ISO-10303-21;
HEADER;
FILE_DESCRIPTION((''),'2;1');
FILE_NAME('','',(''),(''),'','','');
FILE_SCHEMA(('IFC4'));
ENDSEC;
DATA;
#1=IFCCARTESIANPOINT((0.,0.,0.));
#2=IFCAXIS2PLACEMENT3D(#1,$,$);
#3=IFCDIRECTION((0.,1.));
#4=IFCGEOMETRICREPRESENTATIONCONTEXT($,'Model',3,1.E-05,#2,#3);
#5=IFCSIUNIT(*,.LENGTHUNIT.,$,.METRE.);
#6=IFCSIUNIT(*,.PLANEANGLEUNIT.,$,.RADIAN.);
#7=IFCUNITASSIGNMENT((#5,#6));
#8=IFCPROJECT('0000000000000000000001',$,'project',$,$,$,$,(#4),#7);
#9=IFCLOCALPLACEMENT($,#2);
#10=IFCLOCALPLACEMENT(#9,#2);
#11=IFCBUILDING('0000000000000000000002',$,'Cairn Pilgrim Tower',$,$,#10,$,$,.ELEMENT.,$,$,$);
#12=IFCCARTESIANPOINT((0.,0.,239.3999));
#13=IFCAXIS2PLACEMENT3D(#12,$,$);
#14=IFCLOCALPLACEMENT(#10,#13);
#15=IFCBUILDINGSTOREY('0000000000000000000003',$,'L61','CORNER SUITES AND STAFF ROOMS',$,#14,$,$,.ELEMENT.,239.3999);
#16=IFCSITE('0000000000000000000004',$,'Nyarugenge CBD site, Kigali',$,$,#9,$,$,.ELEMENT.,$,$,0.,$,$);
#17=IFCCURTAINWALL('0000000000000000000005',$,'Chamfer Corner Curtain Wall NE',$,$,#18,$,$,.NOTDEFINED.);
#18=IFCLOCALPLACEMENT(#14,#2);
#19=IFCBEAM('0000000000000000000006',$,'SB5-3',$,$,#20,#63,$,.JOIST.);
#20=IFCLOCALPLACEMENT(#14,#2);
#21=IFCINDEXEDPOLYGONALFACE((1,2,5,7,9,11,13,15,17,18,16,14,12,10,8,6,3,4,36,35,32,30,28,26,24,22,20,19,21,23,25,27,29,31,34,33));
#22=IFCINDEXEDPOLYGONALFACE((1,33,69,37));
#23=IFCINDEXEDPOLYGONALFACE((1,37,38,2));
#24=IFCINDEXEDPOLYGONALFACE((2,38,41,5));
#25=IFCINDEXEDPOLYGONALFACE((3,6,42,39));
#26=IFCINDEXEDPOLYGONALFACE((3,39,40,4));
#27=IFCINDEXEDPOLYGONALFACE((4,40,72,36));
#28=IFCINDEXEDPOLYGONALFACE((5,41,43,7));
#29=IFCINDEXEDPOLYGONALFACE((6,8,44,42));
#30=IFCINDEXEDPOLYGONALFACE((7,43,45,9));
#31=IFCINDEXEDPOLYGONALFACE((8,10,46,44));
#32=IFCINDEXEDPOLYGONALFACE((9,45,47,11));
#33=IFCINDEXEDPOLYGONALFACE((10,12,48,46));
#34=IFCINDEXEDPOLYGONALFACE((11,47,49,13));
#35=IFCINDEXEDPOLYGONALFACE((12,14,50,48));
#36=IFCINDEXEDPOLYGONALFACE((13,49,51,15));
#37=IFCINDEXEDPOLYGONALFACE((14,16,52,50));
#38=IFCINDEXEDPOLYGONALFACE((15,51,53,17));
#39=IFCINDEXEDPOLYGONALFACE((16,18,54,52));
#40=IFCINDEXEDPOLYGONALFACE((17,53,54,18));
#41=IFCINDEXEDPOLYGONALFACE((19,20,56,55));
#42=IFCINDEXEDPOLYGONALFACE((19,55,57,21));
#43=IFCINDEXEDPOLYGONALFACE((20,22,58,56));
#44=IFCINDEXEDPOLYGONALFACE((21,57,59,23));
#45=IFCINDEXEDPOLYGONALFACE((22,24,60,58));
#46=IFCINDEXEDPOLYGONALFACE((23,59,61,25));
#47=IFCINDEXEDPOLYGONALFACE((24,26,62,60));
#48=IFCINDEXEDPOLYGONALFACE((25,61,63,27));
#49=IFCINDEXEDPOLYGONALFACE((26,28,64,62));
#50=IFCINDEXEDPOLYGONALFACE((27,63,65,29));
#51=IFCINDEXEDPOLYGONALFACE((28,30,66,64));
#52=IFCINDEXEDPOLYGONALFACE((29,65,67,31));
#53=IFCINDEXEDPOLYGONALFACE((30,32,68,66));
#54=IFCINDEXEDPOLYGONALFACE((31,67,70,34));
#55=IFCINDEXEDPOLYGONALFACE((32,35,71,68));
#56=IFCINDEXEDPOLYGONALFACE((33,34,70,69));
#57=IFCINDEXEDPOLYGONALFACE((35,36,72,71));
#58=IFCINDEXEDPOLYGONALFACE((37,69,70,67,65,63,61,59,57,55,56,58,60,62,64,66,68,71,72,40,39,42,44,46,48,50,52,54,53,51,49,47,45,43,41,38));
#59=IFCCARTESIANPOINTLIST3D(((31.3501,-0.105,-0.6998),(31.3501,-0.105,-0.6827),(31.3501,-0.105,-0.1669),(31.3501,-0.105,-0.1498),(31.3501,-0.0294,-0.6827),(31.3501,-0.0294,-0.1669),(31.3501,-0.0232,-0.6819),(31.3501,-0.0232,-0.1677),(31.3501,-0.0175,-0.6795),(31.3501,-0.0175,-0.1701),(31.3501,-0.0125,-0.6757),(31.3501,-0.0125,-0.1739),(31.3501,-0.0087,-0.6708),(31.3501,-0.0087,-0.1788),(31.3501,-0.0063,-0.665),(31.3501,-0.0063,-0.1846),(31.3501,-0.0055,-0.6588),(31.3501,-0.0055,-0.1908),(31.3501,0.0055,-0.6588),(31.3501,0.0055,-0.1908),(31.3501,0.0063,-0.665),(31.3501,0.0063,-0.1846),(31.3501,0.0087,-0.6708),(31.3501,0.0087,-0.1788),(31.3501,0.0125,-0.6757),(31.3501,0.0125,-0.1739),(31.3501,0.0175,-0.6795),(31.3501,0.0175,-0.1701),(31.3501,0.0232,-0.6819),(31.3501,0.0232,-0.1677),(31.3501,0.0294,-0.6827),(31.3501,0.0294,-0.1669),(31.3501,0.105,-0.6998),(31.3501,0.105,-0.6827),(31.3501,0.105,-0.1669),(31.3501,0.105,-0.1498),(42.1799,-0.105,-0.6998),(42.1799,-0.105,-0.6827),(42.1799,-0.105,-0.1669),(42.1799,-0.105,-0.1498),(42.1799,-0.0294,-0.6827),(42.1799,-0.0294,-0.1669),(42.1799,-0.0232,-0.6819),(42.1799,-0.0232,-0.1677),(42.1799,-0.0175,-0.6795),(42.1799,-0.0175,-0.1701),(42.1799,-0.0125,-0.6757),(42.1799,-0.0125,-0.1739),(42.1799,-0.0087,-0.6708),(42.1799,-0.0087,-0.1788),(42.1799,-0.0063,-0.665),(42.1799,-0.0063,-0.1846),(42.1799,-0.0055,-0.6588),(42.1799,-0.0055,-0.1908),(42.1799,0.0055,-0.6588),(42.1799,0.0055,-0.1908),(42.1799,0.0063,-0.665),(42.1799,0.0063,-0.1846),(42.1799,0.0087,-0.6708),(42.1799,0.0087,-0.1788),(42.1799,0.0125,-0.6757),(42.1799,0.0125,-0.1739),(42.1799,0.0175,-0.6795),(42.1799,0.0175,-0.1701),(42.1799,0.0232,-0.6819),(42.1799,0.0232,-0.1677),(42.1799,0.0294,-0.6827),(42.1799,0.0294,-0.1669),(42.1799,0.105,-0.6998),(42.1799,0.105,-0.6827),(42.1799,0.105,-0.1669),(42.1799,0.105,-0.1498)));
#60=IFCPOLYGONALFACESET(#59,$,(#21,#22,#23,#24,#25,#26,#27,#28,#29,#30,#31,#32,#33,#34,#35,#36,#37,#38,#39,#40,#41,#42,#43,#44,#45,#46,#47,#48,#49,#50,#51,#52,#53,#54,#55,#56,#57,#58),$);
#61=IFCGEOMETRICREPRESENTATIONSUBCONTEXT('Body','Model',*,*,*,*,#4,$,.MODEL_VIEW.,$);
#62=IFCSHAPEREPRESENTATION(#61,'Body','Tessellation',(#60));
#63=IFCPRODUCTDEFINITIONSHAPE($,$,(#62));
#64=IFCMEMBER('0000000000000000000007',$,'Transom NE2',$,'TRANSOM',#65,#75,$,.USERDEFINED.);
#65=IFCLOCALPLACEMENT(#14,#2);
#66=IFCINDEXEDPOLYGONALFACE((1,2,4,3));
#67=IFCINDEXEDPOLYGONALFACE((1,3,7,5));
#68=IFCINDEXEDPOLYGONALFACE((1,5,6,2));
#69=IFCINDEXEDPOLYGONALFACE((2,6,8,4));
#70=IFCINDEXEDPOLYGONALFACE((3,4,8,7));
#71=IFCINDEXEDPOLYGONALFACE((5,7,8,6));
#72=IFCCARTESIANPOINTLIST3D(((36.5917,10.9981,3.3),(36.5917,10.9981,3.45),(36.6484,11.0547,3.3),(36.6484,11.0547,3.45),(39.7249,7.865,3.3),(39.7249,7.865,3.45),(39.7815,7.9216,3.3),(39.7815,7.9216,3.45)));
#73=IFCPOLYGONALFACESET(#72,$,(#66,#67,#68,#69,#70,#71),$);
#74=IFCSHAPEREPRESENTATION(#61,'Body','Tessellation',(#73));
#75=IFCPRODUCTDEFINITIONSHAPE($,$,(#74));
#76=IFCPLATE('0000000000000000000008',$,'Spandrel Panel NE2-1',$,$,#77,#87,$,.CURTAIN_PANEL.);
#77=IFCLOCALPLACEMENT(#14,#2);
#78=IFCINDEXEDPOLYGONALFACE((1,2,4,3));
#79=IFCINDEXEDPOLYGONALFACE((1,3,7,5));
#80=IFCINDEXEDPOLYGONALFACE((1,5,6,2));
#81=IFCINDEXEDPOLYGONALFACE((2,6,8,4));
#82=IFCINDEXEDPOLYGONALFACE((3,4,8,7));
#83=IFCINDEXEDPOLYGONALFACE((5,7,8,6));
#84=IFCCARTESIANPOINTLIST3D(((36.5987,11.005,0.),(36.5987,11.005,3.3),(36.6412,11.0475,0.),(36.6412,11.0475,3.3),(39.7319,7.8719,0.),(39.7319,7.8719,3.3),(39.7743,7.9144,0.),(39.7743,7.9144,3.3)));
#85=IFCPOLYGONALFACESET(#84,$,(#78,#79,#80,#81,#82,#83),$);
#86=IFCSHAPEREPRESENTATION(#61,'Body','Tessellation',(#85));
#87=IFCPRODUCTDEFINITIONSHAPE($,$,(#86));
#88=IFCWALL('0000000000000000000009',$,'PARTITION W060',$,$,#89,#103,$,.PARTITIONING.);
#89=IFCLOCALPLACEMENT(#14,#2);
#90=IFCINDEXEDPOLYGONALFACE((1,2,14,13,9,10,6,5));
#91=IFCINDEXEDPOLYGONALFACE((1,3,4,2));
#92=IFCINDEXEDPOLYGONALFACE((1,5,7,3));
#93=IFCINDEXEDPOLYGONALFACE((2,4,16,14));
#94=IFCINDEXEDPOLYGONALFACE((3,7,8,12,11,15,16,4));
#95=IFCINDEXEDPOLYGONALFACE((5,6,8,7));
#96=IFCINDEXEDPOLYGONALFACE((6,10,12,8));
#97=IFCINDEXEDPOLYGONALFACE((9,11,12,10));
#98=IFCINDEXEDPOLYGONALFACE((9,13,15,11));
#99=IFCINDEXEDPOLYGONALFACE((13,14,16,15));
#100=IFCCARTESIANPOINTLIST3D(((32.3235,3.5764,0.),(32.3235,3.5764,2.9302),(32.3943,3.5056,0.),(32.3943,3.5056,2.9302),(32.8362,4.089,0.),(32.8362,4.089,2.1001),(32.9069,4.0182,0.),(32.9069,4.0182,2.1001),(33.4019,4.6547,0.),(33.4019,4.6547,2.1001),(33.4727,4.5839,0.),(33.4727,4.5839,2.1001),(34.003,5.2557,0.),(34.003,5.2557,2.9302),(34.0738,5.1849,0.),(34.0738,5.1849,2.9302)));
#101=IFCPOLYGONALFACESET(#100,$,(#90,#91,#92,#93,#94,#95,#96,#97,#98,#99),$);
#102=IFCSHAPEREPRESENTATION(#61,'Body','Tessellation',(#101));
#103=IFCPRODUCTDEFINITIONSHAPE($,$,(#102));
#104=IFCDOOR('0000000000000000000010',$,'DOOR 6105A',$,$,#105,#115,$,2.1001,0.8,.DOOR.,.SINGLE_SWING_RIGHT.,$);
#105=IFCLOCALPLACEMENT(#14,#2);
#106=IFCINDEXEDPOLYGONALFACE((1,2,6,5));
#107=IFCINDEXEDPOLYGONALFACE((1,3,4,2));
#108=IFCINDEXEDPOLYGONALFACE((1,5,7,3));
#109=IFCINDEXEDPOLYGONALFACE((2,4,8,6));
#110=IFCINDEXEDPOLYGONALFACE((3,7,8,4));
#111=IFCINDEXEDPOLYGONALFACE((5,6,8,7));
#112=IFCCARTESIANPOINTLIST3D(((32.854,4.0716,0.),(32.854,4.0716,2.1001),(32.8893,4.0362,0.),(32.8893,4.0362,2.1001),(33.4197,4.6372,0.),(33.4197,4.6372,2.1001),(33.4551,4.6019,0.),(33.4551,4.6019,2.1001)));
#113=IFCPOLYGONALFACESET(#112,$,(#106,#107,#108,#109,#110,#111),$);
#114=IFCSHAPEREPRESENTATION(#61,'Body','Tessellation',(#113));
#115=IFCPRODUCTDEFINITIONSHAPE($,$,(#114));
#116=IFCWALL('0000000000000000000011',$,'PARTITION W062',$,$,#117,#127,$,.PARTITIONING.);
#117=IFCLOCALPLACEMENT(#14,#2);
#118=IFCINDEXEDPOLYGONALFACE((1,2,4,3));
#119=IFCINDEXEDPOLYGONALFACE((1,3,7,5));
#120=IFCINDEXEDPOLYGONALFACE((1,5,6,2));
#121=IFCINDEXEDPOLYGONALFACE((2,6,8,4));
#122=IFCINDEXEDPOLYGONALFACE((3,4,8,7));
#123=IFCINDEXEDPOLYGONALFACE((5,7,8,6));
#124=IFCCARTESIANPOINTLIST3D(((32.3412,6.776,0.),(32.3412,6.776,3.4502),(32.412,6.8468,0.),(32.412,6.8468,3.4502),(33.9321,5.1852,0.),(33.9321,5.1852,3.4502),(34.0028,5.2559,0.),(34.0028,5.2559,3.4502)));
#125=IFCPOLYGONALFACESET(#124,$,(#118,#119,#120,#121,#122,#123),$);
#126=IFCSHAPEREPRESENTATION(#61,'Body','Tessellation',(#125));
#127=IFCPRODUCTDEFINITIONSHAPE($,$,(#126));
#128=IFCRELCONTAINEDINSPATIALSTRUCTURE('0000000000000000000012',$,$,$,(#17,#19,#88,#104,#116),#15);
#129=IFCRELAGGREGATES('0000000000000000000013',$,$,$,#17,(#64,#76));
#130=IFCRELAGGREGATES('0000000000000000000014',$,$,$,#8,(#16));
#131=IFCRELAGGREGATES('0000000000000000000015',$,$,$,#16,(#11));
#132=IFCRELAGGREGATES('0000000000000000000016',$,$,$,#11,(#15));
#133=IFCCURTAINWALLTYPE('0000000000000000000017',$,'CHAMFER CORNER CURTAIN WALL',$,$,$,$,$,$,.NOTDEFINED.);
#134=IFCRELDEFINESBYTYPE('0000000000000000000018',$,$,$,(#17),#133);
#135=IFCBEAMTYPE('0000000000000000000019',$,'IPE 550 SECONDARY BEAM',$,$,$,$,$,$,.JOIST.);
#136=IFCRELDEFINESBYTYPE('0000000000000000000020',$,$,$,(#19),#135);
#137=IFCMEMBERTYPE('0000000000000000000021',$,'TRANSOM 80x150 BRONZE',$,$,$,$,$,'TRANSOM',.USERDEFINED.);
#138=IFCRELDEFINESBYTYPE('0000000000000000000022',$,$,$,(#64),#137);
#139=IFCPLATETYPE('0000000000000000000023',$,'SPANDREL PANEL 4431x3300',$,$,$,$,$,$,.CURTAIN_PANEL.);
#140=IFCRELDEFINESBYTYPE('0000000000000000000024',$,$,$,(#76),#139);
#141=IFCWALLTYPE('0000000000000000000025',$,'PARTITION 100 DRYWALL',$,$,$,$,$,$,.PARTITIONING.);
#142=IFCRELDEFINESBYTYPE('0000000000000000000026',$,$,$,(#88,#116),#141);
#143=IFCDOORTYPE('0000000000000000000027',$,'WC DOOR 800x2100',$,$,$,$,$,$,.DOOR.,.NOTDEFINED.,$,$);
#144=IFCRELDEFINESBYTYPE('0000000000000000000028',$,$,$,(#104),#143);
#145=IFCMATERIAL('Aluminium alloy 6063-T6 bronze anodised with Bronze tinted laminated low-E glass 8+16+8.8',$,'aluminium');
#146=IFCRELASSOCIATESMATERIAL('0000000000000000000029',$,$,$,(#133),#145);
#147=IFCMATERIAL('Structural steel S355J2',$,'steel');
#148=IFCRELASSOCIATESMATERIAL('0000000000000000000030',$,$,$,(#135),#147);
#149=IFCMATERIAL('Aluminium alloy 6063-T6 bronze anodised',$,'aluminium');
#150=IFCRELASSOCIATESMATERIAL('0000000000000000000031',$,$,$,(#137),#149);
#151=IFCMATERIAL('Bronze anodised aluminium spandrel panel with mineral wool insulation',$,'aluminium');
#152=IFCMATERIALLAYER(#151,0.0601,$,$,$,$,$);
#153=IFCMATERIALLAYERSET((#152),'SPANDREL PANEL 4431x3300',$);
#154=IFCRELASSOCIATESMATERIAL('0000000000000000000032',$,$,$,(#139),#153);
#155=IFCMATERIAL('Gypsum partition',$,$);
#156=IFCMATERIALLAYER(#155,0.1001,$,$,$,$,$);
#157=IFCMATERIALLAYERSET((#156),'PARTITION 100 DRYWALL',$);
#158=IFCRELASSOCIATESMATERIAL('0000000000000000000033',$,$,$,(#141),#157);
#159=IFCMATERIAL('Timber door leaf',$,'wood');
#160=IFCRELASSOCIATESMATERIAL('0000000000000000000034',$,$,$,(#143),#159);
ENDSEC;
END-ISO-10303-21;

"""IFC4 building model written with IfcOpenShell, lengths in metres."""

from ifc_helpers import new_model, si_unit, direction, frame, frame_2d, origin, origin_2d, place, context, subcontext, project, spatial, rectangle, i_section, extrude, material, layer, layer_set, material_profile, profile_set, type_object, element, fill, aggregate, save


model = new_model("IFC4")

# Units and contexts
model_context = context("Model", 3, precision=1e-05, world=origin(), true_north=direction((0.0, 1.0)))
body_context = subcontext(model_context, "Body", "Model", "MODEL_VIEW")
ifc_project = project(units=[si_unit("LENGTHUNIT", "METRE"), si_unit("PLANEANGLEUNIT", "RADIAN")], contexts=[model_context])

# Site, building, storey
site_placement = place(None, origin())
site = spatial("IfcSite", under=ifc_project, at=site_placement, Name="Nyarugenge CBD site, Kigali", CompositionType="ELEMENT", RefElevation=0.0)
building_placement = place(site_placement, origin())
building = spatial("IfcBuilding", under=site, at=building_placement, Name="Cairn Pilgrim Tower", CompositionType="ELEMENT")
storey_placement = place(building_placement, frame((0.0, 0.0, 239.3999)))
storey = spatial("IfcBuildingStorey", under=building, at=storey_placement, Name="L61", Description="CORNER SUITES AND STAFF ROOMS", CompositionType="ELEMENT", Elevation=239.3999)

# Shared definitions
ifc_material_1 = material(Name="Structural steel S355J2", Category="steel")

# Shared definitions
ifc_material_2 = material(Name="Aluminium alloy 6063-T6 bronze anodised with Bronze tinted laminated low-E glass 8+16+8.8", Category="aluminium")
ifc_material_3 = material(Name="Aluminium alloy 6063-T6 bronze anodised", Category="aluminium")

# Curtain wall
curtain_wall_type_1 = type_object("IfcCurtainWallType", Name="CHAMFER CORNER CURTAIN WALL", PredefinedType="NOTDEFINED", material=ifc_material_2)
curtain_wall_1_placement = place(storey_placement, origin())
curtain_wall_1 = element("IfcCurtainWall", 1, at=curtain_wall_1_placement, inside=storey, type_object=curtain_wall_type_1, Name="Chamfer Corner Curtain Wall NE", PredefinedType="NOTDEFINED")

# Beam
ifc_material_profile_1 = material_profile(ifc_material_1, i_section(OverallWidth=0.21, OverallDepth=0.55, WebThickness=0.011, FlangeThickness=0.0171, FilletRadius=0.0239, at=origin_2d()), Name="IPE 550")
ifc_profile_set_1 = profile_set([ifc_material_profile_1], Name="Structural steel S355J2")
beam_type_1 = type_object("IfcBeamType", Name="IPE 550 SECONDARY BEAM", PredefinedType="JOIST", material=ifc_profile_set_1)
beam_1_placement = place(storey_placement, frame((31.3501, 0.0, -0.4248), z_axis=(1.0, 0.0, 0.0), x_axis=(0.0, 1.0, 0.0)))
element("IfcBeam", 2, at=beam_1_placement, inside=storey, type_object=beam_type_1, Name="SB5-3", PredefinedType="JOIST", context=body_context, shape_type="SweptSolid", body=[
    extrude(i_section(OverallWidth=0.21, OverallDepth=0.55, WebThickness=0.011, FlangeThickness=0.0171, FilletRadius=0.0239, at=origin_2d()), origin(), (0.0, 0.0, 1.0), 10.8298),
])

# Member
ifc_material_profile_2 = material_profile(ifc_material_3, rectangle(XDim=0.0801, YDim=0.1499, at=origin_2d()), Name="TRANSOM 80x150 BRONZE")
ifc_profile_set_2 = profile_set([ifc_material_profile_2], Name="Aluminium alloy 6063-T6 bronze anodised")
member_type_1 = type_object("IfcMemberType", Name="TRANSOM 80x150 BRONZE", ElementType="TRANSOM", PredefinedType="USERDEFINED", material=ifc_profile_set_2)
member_1_placement = place(storey_placement, frame((39.7532, 7.8933, 3.375), z_axis=(-0.707107, 0.707107, 0.0), x_axis=(-0.707107, -0.707107, 0.0)))
member_1 = element("IfcMember", 3, at=member_1_placement, type_object=member_type_1, Name="Transom NE2", ObjectType="TRANSOM", PredefinedType="USERDEFINED", context=body_context, shape_type="SweptSolid", body=[
    extrude(rectangle(XDim=0.0801, YDim=0.1499, at=origin_2d()), origin(), (0.0, 0.0, 1.0), 4.4309),
])

# Plate
ifc_material_4 = material(Name="Bronze anodised aluminium spandrel panel with mineral wool insulation", Category="aluminium")
ifc_layer_1 = layer(ifc_material_4, 0.0601)
ifc_layer_set_1 = layer_set([ifc_layer_1], Name="SPANDREL PANEL 4431x3300")
plate_type = type_object("IfcPlateType", Name="SPANDREL PANEL 4431x3300", PredefinedType="CURTAIN_PANEL", material=ifc_layer_set_1)
plate_placement = place(storey_placement, frame((38.1865, 9.4597, 0.0), z_axis=(0.0, 0.0, 1.0), x_axis=(-0.707107, 0.707107, 0.0)))
plate = element("IfcPlate", 4, at=plate_placement, type_object=plate_type, Name="Spandrel Panel NE2-1", PredefinedType="CURTAIN_PANEL", context=body_context, shape_type="SweptSolid", body=[
    extrude(rectangle(XDim=4.4309, YDim=0.0601, at=origin_2d()), origin(), (0.0, 0.0, 1.0), 3.3),
])
aggregate(curtain_wall_1, [member_1, plate])

# Wall, opening, door
ifc_material_5 = material(Name="Gypsum partition")
ifc_layer_2 = layer(ifc_material_5, 0.1001)
ifc_layer_set_2 = layer_set([ifc_layer_2], Name="PARTITION 100 DRYWALL")
wall_type_1 = type_object("IfcWallType", Name="PARTITION 100 DRYWALL", PredefinedType="PARTITIONING", material=ifc_layer_set_2)
wall_1_placement = place(storey_placement, frame((32.3589, 3.541, 0.0), z_axis=(0.0, 0.0, 1.0), x_axis=(0.707158, 0.707055, 0.0)))
wall_1 = element("IfcWall", 5, at=wall_1_placement, inside=storey, type_object=wall_type_1, Name="PARTITION W060", PredefinedType="PARTITIONING", context=body_context, shape_type="SweptSolid", body=[
    extrude(rectangle(XDim=2.375, YDim=0.1001, at=frame_2d((1.1875, 0.0))), origin(), (0.0, 0.0, 1.0), 2.9302),
])
opening_1_placement = place(wall_1_placement, frame((0.7251, 0.0, 0.0)))
opening_1 = element("IfcOpeningElement", 6, at=opening_1_placement, cuts=wall_1, PredefinedType="OPENING", context=body_context, shape_type="SweptSolid", body=[
    extrude(rectangle(XDim=0.8, YDim=2.1001, at=frame_2d((0.3999, 1.05))), frame((0.0, 0.0601, 0.0), z_axis=(0.0, -1.0, 0.0), x_axis=(1.0, 0.0, 0.0)), (0.0, 0.0, 1.0), 0.1201),
])
ifc_material_6 = material(Name="Timber door leaf", Category="wood")
door_type_1 = type_object("IfcDoorType", Name="WC DOOR 800x2100", OperationType="NOTDEFINED", PredefinedType="DOOR", material=ifc_material_6)
door_1_placement = place(opening_1_placement, frame((0.8, 0.0, 0.0), z_axis=(0.0, 0.0, 1.0), x_axis=(-1.0, 0.0, 0.0)))
door_1 = element("IfcDoor", 7, at=door_1_placement, inside=storey, type_object=door_type_1, Name="DOOR 6105A", OperationType="SINGLE_SWING_RIGHT", OverallHeight=2.1001, OverallWidth=0.8, PredefinedType="DOOR", context=body_context, shape_type="SweptSolid", body=[
    extrude(rectangle(XDim=0.8, YDim=2.1001, at=frame_2d((0.3999, 1.05))), frame((0.0, 0.0249, 0.0), z_axis=(0.0, -1.0, 0.0), x_axis=(1.0, 0.0, 0.0)), (0.0, 0.0, 1.0), 0.05),
])
fill(opening_1, door_1)

# Wall
wall_2_placement = place(storey_placement, frame((33.9675, 5.2205, 0.0), z_axis=(0.0, 0.0, 1.0), x_axis=(-0.707107, 0.707107, 0.0)))
element("IfcWall", 8, at=wall_2_placement, inside=storey, type_object=wall_type_1, Name="PARTITION W062", PredefinedType="PARTITIONING", context=body_context, shape_type="SweptSolid", body=[
    extrude(rectangle(XDim=2.2498, YDim=0.1001, at=frame_2d((1.125, 0.0))), origin(), (0.0, 0.0, 1.0), 3.4502),
])

save(model, "model.ifc")
